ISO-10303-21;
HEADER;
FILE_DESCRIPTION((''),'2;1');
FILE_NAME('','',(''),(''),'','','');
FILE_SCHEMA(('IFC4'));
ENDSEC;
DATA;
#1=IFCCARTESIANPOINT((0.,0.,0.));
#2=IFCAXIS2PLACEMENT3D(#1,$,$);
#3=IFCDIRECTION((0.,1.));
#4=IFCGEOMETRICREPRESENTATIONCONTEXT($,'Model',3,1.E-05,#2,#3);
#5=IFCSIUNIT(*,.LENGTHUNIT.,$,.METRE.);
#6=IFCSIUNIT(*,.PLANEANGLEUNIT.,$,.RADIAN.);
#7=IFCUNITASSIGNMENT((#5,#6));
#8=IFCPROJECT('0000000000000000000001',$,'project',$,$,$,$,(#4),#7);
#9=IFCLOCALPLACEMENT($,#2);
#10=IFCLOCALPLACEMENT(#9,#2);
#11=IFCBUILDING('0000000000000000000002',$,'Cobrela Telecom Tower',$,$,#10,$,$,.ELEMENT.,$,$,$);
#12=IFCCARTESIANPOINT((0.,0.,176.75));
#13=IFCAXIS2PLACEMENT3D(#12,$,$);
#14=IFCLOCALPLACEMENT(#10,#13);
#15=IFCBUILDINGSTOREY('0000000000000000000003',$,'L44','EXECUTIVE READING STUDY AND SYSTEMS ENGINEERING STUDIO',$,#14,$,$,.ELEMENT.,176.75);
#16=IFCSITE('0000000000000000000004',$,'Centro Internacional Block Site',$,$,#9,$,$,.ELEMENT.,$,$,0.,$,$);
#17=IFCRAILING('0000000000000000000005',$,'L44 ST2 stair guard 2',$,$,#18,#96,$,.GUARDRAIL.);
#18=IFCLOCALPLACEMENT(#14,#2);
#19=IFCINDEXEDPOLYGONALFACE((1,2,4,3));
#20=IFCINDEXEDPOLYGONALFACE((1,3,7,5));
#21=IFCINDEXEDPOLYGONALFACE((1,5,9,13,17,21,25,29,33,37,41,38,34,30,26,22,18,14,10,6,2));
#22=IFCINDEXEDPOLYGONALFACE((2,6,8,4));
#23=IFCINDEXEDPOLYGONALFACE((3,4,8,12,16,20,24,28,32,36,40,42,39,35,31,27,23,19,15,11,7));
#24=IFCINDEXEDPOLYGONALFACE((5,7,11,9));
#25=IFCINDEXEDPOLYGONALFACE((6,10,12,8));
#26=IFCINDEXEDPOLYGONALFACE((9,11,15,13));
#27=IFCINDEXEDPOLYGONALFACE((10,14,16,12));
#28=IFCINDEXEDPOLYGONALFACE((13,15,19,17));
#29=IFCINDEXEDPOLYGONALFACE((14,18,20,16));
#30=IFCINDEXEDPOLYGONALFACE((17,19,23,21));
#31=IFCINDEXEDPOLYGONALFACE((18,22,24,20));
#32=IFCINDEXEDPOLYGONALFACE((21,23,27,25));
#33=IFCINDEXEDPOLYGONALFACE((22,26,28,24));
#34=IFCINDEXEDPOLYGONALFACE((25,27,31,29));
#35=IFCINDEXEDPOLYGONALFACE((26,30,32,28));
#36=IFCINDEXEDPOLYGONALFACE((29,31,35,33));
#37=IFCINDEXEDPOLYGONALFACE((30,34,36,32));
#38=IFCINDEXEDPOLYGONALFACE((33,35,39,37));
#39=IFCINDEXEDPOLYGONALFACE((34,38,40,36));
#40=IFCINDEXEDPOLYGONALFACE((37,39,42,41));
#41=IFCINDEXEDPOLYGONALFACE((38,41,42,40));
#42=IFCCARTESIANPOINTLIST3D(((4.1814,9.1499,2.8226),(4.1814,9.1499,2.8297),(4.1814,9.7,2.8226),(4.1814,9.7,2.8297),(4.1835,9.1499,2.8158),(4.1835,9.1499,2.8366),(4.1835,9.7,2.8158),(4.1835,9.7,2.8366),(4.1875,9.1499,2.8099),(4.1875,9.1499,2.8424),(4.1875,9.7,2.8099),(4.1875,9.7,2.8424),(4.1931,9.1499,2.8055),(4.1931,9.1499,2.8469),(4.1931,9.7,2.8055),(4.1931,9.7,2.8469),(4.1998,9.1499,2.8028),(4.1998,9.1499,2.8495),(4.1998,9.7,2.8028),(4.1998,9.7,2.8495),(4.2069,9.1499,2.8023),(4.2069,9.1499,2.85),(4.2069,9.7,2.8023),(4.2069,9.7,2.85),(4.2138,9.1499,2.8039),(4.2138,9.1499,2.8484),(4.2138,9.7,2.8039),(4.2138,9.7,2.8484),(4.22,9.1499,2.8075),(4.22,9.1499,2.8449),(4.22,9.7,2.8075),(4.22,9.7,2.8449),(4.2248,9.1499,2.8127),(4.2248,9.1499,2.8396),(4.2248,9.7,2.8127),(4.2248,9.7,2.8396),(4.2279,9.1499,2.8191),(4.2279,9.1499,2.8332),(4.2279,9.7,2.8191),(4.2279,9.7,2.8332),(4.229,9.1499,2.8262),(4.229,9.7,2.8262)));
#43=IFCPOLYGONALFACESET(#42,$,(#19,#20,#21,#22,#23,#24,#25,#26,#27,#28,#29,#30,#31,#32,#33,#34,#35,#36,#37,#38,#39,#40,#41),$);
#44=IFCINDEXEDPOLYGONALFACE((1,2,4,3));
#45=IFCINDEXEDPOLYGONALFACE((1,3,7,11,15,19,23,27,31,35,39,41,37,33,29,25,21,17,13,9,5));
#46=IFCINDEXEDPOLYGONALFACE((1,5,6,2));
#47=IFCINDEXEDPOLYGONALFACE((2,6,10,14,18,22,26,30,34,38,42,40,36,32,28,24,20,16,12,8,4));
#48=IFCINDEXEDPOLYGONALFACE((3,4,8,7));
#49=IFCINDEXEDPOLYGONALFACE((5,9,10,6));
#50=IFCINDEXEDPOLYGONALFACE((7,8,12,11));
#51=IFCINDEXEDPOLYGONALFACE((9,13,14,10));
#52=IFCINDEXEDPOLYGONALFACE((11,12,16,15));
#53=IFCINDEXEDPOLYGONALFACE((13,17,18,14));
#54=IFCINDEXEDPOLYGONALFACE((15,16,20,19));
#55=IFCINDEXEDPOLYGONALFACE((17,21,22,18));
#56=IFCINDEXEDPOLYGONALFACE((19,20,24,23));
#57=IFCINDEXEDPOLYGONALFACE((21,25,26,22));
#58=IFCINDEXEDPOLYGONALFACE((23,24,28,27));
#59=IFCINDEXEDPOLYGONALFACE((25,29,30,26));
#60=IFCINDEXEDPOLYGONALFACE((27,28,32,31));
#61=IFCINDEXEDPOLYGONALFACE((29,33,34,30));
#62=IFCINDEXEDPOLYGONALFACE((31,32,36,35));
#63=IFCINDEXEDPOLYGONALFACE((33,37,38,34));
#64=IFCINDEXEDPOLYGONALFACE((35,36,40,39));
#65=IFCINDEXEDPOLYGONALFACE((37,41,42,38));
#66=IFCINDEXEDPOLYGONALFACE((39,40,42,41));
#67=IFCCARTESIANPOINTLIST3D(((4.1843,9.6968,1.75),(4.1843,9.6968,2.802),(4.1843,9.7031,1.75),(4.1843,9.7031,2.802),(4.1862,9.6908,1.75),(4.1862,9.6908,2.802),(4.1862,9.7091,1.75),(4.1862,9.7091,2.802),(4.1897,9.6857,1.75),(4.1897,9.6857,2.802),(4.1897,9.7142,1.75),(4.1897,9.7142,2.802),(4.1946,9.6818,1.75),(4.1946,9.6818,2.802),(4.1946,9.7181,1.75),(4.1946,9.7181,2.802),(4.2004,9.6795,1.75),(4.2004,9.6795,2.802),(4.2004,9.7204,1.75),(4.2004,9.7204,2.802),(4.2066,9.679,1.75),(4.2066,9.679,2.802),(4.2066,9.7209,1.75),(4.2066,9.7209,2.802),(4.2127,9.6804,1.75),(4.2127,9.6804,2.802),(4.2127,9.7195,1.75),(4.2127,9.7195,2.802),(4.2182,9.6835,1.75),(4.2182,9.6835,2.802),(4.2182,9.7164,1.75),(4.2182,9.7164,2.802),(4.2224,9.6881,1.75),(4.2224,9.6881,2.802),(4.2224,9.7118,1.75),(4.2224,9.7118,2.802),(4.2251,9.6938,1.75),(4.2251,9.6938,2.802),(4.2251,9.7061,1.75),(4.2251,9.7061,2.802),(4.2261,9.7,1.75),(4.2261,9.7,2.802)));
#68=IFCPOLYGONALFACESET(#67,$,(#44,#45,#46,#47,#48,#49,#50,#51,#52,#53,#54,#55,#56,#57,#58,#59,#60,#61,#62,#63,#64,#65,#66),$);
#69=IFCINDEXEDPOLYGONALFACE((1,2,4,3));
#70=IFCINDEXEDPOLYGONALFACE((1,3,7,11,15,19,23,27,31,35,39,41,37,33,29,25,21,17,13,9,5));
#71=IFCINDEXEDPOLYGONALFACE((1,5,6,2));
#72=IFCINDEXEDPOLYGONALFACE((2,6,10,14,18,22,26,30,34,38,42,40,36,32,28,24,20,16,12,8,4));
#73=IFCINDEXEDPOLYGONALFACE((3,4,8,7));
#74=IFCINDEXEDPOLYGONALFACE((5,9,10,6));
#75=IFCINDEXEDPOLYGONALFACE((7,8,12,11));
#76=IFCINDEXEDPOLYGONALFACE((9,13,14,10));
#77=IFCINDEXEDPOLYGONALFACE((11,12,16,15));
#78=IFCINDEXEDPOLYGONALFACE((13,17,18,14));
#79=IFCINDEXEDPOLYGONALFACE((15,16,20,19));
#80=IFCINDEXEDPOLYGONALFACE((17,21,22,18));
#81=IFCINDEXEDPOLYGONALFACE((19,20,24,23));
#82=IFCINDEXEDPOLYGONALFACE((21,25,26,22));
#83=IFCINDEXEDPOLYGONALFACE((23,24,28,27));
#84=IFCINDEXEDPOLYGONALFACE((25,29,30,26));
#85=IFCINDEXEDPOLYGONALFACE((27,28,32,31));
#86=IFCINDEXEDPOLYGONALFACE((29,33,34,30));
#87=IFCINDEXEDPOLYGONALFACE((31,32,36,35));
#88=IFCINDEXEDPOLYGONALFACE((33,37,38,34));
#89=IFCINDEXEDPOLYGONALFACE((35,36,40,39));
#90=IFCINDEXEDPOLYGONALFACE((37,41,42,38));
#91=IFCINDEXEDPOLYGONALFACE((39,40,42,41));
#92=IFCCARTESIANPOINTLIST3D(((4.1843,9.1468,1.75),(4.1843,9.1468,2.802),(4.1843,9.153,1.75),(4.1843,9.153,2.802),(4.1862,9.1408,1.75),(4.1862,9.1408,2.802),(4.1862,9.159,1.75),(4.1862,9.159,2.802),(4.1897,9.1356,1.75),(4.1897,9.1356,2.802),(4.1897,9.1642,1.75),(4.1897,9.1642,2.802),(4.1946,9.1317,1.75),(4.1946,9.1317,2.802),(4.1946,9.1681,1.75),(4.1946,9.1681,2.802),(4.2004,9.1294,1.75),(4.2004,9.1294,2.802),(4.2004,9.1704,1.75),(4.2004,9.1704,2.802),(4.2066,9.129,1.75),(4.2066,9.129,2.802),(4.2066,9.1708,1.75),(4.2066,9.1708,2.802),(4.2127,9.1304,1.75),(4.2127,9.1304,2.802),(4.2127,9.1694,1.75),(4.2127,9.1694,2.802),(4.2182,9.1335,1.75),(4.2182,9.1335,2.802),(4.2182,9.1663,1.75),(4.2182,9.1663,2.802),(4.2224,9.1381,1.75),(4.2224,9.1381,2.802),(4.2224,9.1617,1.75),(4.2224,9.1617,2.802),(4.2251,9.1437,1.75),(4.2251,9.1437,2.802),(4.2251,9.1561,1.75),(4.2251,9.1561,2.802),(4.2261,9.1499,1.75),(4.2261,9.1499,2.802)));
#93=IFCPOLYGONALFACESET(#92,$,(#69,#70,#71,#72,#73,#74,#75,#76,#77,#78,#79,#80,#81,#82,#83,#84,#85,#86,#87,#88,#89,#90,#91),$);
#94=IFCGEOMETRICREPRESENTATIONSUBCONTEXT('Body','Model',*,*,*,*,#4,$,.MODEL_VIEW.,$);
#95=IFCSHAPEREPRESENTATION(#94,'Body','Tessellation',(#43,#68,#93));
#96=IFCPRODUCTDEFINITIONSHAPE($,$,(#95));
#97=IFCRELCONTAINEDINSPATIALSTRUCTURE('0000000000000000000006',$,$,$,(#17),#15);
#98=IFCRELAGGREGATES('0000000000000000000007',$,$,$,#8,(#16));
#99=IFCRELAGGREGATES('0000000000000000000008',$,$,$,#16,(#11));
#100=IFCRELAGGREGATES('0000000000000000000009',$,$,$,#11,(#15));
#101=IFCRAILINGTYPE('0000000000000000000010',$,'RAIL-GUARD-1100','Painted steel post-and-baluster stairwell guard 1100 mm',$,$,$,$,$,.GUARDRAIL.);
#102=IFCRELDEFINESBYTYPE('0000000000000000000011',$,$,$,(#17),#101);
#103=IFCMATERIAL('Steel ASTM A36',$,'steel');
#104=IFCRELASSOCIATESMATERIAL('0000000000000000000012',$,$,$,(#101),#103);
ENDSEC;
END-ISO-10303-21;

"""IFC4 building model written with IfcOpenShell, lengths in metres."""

from ifc_helpers import new_model, si_unit, direction, frame, origin, origin_2d, place, context, subcontext, project, spatial, circle, extrude, material, type_object, element, save


model = new_model("IFC4")

# Units and contexts
model_context = context("Model", 3, precision=1e-05, world=origin(), true_north=direction((0.0, 1.0)))
body_context = subcontext(model_context, "Body", "Model", "MODEL_VIEW")
ifc_project = project(units=[si_unit("LENGTHUNIT", "METRE"), si_unit("PLANEANGLEUNIT", "RADIAN")], contexts=[model_context])

# Site, building, storey
site_placement = place(None, origin())
site = spatial("IfcSite", under=ifc_project, at=site_placement, Name="Centro Internacional Block Site", CompositionType="ELEMENT", RefElevation=0.0)
building_placement = place(site_placement, origin())
building = spatial("IfcBuilding", under=site, at=building_placement, Name="Cobrela Telecom Tower", CompositionType="ELEMENT")
storey_placement = place(building_placement, frame((0.0, 0.0, 176.75)))
storey = spatial("IfcBuildingStorey", under=building, at=storey_placement, Name="L44", Description="EXECUTIVE READING STUDY AND SYSTEMS ENGINEERING STUDIO", CompositionType="ELEMENT", Elevation=176.75)

# Shared definitions
ifc_material_1 = material(Name="Steel ASTM A36", Category="steel")

# Railing
railing_type = type_object("IfcRailingType", Name="RAIL-GUARD-1100", Description="Painted steel post-and-baluster stairwell guard 1100 mm", PredefinedType="GUARDRAIL", material=ifc_material_1)
railing_1_placement = place(storey_placement, frame((4.2051, 9.7, 1.75)))
element("IfcRailing", 1, at=railing_1_placement, inside=storey, type_object=railing_type, Name="L44 ST2 stair guard 2", PredefinedType="GUARDRAIL", context=body_context, shape_type="SweptSolid", body=[
    extrude(circle(Radius=0.0239, at=origin_2d()), frame((0.0, 0.0, 1.0762), z_axis=(0.0, -1.0, 0.0), x_axis=(1.0, 0.0, 0.0)), (0.0, 0.0, 1.0), 0.55),
    extrude(circle(Radius=0.021, at=origin_2d()), origin(), (0.0, 0.0, 1.0), 1.052),
    extrude(circle(Radius=0.021, at=origin_2d()), frame((0.0, -0.55, 0.0)), (0.0, 0.0, 1.0), 1.052),
])

save(model, "model.ifc")
